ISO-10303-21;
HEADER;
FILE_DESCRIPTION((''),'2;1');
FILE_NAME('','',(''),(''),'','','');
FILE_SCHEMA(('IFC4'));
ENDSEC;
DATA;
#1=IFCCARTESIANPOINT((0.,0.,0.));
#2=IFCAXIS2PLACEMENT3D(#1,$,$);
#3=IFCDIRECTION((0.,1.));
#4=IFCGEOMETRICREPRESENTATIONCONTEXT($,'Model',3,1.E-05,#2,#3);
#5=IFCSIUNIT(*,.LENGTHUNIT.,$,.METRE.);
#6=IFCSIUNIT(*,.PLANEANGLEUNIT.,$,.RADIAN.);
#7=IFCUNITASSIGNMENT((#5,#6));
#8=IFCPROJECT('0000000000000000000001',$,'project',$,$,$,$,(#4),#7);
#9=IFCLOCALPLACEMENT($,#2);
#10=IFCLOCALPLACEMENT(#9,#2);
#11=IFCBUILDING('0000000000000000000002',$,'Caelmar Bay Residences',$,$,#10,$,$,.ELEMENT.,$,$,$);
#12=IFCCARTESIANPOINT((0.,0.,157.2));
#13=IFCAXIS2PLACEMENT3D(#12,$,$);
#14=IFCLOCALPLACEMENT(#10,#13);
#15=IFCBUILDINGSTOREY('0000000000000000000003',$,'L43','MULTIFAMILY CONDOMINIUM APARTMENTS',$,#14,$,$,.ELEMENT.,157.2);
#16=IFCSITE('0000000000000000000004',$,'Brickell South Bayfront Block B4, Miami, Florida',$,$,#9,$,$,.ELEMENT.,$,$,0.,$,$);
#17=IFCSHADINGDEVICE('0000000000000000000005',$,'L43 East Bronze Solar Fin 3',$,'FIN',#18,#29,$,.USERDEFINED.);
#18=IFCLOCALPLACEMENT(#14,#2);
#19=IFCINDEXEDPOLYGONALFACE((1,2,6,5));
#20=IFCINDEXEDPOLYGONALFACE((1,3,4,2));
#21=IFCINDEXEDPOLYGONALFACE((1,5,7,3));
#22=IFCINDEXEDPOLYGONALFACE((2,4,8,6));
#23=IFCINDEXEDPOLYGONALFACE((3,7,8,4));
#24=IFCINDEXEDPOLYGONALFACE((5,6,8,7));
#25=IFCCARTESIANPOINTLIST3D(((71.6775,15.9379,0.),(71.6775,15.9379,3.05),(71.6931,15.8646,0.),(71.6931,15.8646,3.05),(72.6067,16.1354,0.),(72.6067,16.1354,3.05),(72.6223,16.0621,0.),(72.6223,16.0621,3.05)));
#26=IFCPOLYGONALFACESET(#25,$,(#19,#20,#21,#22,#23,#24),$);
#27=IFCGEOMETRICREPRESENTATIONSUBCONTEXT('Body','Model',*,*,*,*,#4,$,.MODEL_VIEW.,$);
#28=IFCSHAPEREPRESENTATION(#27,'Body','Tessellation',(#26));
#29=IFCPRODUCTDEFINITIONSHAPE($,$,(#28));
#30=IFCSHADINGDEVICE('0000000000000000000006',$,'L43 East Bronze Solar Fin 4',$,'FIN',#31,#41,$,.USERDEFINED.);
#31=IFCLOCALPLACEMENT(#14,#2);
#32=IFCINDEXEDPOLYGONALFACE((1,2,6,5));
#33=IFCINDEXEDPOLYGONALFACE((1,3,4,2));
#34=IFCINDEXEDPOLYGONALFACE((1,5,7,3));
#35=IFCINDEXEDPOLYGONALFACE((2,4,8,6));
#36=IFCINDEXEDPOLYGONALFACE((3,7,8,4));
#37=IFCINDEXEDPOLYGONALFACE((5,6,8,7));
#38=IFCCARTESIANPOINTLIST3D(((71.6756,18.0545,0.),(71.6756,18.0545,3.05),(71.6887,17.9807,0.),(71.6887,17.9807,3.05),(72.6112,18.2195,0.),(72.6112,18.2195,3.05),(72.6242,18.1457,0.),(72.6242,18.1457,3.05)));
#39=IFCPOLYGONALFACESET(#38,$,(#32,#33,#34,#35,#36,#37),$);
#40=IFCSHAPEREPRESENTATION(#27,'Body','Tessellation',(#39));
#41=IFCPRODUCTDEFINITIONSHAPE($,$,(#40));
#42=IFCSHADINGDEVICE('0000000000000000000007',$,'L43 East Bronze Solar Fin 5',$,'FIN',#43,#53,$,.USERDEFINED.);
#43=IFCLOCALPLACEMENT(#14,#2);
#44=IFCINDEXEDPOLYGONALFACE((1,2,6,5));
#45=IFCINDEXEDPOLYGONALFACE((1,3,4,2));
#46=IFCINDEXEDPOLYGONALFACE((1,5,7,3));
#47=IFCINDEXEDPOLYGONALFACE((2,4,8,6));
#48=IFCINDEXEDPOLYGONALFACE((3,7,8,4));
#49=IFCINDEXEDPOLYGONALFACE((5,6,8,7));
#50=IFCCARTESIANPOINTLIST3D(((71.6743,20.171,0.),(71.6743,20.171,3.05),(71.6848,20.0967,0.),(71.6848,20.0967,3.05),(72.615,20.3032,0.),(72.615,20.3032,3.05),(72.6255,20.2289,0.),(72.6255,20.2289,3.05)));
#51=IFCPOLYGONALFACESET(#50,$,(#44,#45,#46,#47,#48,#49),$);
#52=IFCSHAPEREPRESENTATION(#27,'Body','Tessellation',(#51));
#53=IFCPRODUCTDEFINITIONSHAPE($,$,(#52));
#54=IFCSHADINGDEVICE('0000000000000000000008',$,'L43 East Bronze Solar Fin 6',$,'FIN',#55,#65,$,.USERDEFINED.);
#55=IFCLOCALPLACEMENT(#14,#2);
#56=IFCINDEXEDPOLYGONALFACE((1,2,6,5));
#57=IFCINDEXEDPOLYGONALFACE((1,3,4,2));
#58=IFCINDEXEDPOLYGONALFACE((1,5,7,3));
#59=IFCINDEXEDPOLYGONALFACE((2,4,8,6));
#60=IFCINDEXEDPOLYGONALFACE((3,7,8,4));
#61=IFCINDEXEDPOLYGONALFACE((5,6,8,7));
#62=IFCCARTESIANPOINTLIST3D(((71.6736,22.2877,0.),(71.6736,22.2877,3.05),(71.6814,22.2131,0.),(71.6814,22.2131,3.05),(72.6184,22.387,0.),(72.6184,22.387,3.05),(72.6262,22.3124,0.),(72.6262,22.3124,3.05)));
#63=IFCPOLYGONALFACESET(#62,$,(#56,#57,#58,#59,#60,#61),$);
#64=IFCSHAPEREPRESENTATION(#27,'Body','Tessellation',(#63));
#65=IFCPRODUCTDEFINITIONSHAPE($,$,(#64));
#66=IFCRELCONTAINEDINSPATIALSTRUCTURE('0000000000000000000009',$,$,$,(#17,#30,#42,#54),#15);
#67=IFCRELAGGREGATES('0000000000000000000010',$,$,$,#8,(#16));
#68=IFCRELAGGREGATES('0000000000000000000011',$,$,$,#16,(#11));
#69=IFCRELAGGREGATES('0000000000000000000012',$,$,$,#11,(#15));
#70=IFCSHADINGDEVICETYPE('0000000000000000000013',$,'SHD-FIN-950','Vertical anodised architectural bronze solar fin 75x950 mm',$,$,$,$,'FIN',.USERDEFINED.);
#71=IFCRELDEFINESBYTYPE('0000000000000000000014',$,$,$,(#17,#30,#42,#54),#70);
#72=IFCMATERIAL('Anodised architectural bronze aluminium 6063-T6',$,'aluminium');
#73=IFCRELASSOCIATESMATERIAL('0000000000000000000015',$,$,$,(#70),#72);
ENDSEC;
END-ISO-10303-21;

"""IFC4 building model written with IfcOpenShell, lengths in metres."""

from ifc_helpers import new_model, si_unit, direction, frame, origin, origin_2d, place, context, subcontext, project, spatial, rectangle, extrude, material, material_profile, profile_set, type_object, element, save


model = new_model("IFC4")

# Units and contexts
model_context = context("Model", 3, precision=1e-05, world=origin(), true_north=direction((0.0, 1.0)))
body_context = subcontext(model_context, "Body", "Model", "MODEL_VIEW")
ifc_project = project(units=[si_unit("LENGTHUNIT", "METRE"), si_unit("PLANEANGLEUNIT", "RADIAN")], contexts=[model_context])

# Site, building, storey
site_placement = place(None, origin())
site = spatial("IfcSite", under=ifc_project, at=site_placement, Name="Brickell South Bayfront Block B4, Miami, Florida", CompositionType="ELEMENT", RefElevation=0.0)
building_placement = place(site_placement, origin())
building = spatial("IfcBuilding", under=site, at=building_placement, Name="Caelmar Bay Residences", CompositionType="ELEMENT")
storey_placement = place(building_placement, frame((0.0, 0.0, 157.2)))
storey = spatial("IfcBuildingStorey", under=building, at=storey_placement, Name="L43", Description="MULTIFAMILY CONDOMINIUM APARTMENTS", CompositionType="ELEMENT", Elevation=157.2)

# Shading devices
ifc_material_1 = material(Name="Anodised architectural bronze aluminium 6063-T6", Category="aluminium")
ifc_material_profile_1 = material_profile(ifc_material_1, rectangle(XDim=0.075, YDim=0.95, at=origin_2d()), Name="BRONZE-FIN-75X950")
ifc_profile_set_1 = profile_set([ifc_material_profile_1], Name="Anodised architectural bronze aluminium 6063-T6")
shading_device_type = type_object("IfcShadingDeviceType", Name="SHD-FIN-950", Description="Vertical anodised architectural bronze solar fin 75x950 mm", ElementType="FIN", PredefinedType="USERDEFINED", material=ifc_profile_set_1)
for number, where, z_axis, x_axis, name in (
    (1, (72.1499, 16.0, 0.0), (0.0, 0.0, 1.0), (-0.207912, 0.978148, 0.0), "L43 East Bronze Solar Fin 3"),
    (2, (72.1499, 18.1001, 0.0), (0.0, 0.0, 1.0), (-0.173648, 0.984808, 0.0), "L43 East Bronze Solar Fin 4"),
    (3, (72.1499, 20.2, 0.0), (0.0, 0.0, 1.0), (-0.139173, 0.990268, 0.0), "L43 East Bronze Solar Fin 5"),
    (4, (72.1499, 22.3, 0.0), (0.0, 0.0, 1.0), (-0.104528, 0.994522, 0.0), "L43 East Bronze Solar Fin 6"),
):
    element("IfcShadingDevice", number, at=place(storey_placement, frame(where, z_axis=z_axis, x_axis=x_axis)), inside=storey, type_object=shading_device_type, Name=name, ObjectType="FIN", PredefinedType="USERDEFINED", context=body_context, shape_type="SweptSolid", body=[
        extrude(rectangle(XDim=0.075, YDim=0.95, at=origin_2d()), origin(), (0.0, 0.0, 1.0), 3.05),
    ])

save(model, "model.ifc")
